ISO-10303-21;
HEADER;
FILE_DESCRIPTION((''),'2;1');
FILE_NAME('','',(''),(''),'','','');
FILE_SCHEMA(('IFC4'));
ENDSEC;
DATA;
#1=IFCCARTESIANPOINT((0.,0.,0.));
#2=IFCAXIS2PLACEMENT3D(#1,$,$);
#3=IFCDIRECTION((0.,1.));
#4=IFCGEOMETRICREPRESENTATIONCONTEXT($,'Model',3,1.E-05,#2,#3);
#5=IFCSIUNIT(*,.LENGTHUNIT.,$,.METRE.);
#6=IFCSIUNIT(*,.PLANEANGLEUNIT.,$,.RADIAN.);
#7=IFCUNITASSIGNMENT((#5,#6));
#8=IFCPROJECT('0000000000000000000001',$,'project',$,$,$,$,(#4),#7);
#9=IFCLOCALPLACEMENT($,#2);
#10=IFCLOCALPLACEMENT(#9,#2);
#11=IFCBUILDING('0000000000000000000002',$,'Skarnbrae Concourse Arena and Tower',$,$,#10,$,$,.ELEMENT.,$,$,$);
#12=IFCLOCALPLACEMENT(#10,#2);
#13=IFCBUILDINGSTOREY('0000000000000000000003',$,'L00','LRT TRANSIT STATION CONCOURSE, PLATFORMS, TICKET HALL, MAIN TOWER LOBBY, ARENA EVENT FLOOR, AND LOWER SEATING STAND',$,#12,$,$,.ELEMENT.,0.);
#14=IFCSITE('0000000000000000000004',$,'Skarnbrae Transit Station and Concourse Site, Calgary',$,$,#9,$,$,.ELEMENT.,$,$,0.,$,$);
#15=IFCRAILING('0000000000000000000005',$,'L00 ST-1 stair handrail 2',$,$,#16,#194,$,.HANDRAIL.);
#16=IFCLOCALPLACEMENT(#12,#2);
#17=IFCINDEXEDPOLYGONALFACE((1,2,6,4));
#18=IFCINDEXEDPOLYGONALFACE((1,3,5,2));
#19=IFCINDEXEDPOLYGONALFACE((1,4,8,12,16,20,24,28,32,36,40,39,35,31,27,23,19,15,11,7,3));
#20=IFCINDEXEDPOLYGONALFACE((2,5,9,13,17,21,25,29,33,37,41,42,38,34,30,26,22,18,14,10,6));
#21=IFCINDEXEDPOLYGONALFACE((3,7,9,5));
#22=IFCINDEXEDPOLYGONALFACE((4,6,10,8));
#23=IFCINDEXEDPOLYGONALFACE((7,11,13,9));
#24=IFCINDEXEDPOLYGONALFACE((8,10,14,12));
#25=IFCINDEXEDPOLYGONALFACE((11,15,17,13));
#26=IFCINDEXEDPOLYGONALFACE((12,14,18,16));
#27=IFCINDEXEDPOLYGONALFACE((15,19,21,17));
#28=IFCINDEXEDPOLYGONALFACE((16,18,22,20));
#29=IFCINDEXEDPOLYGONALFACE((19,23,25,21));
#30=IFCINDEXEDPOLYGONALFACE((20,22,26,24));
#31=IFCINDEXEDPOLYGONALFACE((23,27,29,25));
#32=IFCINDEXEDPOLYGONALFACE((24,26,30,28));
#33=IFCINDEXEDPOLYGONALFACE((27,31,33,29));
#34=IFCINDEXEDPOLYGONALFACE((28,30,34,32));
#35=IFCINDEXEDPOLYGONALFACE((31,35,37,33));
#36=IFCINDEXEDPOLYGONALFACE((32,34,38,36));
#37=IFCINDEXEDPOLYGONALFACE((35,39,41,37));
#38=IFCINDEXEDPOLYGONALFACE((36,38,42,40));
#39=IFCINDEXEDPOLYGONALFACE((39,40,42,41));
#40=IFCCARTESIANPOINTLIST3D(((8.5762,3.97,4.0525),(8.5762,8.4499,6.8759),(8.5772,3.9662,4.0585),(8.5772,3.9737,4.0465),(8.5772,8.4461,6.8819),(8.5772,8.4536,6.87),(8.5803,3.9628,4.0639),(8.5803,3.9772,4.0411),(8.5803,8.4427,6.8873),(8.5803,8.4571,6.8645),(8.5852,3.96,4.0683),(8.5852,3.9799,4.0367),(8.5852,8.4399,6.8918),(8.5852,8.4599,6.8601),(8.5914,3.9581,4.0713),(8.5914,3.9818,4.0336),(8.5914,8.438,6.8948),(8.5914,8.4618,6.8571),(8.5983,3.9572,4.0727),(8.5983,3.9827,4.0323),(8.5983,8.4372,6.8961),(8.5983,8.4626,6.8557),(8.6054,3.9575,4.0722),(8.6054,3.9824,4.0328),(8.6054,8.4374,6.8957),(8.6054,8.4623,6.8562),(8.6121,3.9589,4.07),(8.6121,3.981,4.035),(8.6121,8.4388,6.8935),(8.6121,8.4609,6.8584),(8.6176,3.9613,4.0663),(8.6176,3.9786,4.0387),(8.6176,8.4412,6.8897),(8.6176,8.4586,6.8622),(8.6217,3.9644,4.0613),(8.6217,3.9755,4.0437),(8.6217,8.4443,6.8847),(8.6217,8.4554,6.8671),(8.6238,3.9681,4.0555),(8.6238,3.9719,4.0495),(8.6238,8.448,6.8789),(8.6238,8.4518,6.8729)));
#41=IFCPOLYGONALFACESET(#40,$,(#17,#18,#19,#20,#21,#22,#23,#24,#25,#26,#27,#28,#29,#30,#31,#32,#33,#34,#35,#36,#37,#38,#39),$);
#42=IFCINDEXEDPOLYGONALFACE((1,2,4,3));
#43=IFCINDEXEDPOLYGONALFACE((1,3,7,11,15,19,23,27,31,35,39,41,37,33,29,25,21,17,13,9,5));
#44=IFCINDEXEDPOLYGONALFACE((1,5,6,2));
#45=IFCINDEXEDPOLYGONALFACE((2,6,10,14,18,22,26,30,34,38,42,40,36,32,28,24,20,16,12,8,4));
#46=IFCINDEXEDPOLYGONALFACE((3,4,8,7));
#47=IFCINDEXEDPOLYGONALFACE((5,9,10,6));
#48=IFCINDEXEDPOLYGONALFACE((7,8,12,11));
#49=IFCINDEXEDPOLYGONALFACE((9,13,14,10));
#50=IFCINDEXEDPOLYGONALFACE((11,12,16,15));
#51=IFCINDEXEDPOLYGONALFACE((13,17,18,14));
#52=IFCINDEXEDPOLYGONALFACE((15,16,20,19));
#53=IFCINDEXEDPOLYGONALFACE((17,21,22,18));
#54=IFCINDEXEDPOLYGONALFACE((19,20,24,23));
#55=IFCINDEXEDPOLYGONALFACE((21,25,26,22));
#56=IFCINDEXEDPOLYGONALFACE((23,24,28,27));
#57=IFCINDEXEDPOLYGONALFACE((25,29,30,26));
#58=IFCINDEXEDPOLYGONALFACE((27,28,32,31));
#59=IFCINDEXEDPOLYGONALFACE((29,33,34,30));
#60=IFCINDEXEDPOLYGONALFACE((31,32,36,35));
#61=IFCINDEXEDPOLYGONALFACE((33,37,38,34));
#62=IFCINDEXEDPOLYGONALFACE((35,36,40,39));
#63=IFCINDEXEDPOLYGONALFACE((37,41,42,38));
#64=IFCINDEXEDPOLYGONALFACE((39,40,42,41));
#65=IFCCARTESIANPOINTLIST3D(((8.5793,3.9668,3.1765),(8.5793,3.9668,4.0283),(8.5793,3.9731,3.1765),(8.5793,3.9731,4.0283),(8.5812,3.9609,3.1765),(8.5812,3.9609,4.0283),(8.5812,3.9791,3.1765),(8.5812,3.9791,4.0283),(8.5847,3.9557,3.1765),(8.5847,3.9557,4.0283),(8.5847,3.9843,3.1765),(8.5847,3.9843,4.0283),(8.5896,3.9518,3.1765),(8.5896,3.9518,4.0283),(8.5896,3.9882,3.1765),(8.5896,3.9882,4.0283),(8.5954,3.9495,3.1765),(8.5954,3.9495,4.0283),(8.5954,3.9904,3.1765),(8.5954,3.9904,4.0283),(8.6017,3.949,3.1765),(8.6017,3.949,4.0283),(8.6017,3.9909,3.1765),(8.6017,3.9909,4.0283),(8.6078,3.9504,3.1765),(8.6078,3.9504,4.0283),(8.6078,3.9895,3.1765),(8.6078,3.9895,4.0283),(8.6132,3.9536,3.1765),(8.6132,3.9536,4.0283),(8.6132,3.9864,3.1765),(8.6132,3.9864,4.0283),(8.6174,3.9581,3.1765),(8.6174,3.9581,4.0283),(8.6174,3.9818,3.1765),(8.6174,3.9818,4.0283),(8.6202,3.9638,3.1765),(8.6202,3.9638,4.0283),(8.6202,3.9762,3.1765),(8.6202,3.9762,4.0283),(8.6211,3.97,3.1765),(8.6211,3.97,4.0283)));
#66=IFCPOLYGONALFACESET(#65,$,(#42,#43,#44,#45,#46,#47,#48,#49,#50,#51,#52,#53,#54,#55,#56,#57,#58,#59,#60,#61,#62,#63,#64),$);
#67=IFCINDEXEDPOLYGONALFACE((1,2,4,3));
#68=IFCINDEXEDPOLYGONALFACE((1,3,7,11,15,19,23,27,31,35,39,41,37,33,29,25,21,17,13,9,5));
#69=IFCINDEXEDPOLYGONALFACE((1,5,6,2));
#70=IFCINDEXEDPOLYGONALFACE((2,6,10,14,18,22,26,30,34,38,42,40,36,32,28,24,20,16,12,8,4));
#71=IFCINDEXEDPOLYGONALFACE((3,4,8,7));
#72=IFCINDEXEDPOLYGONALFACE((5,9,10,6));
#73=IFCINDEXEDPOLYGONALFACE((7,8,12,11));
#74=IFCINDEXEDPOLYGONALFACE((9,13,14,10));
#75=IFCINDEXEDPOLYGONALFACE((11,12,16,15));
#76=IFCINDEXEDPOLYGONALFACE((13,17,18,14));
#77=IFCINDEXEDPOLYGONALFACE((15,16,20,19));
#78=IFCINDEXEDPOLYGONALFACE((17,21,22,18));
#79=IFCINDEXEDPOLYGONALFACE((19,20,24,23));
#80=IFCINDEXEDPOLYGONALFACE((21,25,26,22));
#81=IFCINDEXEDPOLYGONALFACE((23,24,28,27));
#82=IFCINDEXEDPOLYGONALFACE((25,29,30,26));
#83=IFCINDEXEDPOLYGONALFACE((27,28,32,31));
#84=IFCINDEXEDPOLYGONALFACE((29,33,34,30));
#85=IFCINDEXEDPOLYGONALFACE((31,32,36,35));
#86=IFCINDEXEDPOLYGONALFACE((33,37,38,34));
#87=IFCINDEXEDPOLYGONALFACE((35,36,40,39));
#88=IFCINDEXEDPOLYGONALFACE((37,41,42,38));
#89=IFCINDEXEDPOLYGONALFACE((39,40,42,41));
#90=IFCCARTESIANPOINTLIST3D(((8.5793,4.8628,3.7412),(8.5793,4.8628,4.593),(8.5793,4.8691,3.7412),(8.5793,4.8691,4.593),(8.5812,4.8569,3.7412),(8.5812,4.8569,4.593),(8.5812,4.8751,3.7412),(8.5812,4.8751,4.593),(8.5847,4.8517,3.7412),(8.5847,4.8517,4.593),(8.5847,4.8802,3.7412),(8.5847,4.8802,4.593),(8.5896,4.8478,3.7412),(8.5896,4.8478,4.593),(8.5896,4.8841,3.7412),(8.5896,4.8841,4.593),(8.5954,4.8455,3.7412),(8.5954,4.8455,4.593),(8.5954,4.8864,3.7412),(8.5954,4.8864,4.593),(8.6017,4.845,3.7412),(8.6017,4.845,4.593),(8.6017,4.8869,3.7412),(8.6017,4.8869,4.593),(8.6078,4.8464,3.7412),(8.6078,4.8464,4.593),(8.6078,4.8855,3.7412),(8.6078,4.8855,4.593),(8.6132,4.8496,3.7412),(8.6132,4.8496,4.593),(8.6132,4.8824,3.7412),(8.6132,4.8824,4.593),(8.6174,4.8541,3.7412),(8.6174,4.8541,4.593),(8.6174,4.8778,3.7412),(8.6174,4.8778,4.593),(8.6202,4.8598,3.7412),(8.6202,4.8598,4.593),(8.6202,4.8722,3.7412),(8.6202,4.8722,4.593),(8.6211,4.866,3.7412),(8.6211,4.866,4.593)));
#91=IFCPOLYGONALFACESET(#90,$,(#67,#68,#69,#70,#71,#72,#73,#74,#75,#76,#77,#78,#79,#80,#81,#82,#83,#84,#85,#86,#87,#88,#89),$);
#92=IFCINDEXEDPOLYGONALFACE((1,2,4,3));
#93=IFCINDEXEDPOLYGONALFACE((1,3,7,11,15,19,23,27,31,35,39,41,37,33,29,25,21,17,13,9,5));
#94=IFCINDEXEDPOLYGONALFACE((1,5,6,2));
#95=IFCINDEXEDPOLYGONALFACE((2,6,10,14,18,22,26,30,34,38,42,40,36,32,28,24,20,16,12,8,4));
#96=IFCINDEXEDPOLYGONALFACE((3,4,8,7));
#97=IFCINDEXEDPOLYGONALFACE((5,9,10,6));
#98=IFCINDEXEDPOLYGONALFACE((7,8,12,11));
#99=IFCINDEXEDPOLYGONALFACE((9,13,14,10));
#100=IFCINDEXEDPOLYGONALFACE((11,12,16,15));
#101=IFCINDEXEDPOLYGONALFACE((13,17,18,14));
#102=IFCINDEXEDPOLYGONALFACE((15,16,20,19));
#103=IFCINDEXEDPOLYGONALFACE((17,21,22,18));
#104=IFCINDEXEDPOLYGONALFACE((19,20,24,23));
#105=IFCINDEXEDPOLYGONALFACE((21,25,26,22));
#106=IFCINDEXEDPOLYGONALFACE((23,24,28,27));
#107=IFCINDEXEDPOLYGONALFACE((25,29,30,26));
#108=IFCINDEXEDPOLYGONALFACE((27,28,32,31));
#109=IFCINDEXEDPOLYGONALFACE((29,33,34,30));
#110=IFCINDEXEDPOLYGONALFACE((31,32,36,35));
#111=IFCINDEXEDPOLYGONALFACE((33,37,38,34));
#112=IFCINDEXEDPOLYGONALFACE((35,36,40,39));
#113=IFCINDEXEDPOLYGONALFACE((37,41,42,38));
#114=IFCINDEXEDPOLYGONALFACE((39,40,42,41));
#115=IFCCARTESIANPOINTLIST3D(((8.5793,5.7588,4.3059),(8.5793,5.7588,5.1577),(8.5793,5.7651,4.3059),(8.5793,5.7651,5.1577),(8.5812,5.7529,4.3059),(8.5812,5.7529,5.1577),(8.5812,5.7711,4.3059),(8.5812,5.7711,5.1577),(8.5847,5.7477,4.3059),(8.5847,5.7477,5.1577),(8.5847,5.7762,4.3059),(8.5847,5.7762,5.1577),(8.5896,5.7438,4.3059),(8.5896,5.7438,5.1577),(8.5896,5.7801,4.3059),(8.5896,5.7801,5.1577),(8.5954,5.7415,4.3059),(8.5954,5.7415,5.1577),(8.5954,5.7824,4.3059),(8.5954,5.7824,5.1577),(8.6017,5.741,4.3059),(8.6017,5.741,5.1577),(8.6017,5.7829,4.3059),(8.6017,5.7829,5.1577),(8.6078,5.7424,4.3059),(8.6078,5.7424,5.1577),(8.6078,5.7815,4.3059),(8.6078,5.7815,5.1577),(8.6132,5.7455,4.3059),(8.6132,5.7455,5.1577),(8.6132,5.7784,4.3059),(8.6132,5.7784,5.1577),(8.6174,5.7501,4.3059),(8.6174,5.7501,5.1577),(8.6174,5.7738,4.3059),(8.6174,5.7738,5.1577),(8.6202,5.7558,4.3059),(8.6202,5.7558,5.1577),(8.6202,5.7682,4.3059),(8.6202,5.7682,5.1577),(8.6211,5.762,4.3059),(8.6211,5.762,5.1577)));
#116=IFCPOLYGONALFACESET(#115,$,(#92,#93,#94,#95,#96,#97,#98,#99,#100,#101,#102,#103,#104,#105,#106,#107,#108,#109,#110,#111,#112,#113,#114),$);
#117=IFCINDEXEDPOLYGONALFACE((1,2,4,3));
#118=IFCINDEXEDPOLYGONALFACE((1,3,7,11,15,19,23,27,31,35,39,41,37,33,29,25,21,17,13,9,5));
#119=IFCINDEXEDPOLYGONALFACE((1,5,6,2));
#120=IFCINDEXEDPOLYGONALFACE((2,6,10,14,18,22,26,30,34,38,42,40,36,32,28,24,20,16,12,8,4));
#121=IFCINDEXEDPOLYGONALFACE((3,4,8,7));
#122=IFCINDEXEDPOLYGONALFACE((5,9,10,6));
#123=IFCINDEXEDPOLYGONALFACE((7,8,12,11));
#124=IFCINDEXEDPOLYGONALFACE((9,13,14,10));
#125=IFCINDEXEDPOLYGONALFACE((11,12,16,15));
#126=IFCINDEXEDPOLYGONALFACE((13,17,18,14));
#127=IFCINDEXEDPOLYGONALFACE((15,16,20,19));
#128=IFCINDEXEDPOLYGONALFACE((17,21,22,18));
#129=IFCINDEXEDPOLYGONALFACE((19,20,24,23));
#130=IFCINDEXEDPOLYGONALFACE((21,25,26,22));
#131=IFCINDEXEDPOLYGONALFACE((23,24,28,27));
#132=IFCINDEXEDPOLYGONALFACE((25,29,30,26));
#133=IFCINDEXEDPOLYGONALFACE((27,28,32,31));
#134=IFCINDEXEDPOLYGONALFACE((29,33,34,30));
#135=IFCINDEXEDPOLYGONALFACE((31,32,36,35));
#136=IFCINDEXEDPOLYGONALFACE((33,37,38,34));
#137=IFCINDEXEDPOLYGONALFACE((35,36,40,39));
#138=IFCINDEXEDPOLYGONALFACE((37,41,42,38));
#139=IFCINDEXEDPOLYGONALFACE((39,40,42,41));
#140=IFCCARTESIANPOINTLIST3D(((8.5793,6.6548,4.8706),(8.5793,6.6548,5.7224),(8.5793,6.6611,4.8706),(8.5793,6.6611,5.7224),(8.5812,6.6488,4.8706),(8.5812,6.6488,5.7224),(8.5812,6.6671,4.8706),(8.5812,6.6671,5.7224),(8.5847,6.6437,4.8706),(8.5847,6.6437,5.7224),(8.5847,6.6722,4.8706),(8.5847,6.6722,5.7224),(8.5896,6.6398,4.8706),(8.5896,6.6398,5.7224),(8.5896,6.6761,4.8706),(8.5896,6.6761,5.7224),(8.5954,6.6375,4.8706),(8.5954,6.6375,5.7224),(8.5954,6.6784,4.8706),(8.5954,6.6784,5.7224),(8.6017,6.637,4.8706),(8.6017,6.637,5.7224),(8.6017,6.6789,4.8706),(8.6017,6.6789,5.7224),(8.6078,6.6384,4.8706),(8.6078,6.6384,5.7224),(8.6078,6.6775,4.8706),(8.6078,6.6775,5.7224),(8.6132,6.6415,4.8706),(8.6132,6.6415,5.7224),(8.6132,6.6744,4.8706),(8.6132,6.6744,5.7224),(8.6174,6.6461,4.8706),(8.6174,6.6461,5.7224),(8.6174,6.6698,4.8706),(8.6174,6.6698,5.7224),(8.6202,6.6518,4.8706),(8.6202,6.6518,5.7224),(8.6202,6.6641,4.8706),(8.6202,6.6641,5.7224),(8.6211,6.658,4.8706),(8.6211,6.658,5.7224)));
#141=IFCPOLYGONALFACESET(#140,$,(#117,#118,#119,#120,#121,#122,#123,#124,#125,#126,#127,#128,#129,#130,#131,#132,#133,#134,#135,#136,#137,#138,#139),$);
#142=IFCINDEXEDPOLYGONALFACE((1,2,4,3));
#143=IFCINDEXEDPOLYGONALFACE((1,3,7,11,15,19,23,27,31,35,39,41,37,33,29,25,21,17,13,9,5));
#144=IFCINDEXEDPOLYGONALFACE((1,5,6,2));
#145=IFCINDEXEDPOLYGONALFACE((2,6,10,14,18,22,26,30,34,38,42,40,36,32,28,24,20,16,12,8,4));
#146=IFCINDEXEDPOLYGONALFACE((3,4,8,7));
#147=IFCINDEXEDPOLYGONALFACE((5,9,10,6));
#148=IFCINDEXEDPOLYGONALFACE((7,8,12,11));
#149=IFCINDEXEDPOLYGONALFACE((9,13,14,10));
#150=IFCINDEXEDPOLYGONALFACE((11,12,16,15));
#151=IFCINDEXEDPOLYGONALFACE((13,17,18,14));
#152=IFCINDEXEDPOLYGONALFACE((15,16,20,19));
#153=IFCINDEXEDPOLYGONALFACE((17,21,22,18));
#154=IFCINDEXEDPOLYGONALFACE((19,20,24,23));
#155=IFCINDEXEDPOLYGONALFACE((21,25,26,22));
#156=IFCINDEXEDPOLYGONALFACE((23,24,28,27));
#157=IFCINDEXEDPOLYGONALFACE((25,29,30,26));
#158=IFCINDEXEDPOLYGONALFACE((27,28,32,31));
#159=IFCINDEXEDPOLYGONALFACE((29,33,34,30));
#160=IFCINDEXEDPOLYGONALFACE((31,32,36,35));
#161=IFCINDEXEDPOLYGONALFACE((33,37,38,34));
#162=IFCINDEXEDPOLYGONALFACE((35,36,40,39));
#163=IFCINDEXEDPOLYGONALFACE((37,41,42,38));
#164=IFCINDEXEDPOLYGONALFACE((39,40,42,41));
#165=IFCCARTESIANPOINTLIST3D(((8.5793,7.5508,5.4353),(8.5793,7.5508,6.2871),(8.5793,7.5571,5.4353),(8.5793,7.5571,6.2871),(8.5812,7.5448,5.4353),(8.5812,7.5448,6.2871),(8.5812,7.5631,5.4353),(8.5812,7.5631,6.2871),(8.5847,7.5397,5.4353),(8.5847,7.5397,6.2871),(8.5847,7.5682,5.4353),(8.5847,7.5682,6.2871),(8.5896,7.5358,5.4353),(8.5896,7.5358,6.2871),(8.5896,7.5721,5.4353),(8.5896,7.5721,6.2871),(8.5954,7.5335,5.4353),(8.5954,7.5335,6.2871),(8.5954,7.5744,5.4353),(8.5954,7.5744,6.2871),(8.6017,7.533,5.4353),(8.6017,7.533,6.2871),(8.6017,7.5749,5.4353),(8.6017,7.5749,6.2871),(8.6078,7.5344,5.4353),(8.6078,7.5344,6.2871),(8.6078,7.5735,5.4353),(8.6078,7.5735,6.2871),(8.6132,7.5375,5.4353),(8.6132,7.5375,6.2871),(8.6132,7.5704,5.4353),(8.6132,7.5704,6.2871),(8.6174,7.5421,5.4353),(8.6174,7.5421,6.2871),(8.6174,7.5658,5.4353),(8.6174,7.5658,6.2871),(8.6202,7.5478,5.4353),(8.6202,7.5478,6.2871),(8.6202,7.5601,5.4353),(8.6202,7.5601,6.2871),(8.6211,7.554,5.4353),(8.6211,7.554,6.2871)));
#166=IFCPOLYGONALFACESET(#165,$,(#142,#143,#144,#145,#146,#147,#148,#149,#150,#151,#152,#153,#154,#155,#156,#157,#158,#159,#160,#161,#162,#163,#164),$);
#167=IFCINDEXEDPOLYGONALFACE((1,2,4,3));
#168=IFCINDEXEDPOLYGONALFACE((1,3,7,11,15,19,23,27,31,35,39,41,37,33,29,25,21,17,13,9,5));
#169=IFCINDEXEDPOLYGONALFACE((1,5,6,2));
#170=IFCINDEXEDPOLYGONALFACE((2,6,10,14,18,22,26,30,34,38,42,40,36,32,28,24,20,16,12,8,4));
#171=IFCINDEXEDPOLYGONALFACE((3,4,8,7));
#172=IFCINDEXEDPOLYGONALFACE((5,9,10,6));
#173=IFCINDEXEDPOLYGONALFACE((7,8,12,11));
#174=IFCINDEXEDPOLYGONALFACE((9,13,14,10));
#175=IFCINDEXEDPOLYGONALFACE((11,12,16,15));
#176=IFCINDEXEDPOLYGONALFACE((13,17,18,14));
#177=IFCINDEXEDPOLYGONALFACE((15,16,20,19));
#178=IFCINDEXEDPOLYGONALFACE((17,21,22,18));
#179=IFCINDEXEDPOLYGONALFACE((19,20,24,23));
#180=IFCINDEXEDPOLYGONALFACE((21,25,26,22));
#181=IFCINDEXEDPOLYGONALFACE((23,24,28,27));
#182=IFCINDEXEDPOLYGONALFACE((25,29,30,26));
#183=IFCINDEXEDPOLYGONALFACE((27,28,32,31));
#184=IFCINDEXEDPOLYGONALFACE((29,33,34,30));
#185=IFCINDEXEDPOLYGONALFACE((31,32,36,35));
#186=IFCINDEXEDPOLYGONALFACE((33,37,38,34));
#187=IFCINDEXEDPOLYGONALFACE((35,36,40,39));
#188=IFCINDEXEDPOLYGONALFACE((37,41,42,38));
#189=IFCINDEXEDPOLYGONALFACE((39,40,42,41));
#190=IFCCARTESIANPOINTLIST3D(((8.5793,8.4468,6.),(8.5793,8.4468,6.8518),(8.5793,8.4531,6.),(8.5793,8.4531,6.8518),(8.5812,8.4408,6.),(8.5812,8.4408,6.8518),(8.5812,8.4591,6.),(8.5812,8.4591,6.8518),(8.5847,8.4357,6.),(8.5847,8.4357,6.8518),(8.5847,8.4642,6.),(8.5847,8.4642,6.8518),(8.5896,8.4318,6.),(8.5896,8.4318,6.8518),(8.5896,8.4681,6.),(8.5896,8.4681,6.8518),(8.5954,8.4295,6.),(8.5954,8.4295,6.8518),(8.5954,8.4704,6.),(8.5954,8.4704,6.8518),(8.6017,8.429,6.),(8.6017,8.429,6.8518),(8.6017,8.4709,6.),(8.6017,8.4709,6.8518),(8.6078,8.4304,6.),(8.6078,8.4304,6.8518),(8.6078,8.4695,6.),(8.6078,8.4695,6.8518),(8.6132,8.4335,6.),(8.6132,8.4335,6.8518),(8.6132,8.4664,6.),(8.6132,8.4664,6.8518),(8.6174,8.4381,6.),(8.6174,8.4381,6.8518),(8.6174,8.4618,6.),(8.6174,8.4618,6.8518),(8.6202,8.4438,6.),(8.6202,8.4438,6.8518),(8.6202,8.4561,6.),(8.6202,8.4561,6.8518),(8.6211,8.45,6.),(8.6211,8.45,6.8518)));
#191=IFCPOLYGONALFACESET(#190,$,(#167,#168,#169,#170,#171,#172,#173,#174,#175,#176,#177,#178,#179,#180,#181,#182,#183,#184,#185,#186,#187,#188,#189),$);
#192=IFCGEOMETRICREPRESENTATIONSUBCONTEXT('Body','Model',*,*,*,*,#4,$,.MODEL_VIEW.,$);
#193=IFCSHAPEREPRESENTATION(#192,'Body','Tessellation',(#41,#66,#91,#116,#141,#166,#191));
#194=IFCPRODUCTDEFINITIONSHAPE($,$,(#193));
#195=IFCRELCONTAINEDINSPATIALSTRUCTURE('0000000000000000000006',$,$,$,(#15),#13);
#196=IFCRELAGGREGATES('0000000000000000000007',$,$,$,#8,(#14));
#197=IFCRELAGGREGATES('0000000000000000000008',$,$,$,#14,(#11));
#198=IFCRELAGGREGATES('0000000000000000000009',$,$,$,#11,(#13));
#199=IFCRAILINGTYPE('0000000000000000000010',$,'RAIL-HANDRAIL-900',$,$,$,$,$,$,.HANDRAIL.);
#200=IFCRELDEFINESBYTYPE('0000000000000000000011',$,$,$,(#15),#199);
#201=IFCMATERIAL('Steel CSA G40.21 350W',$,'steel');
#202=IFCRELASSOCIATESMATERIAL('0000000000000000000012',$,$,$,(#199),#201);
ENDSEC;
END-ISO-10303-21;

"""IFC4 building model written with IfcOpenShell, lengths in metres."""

from ifc_helpers import new_model, si_unit, direction, frame, origin, origin_2d, place, context, subcontext, project, spatial, circle, extrude, material, type_object, element, save


model = new_model("IFC4")

# Units and contexts
model_context = context("Model", 3, precision=1e-05, world=origin(), true_north=direction((0.0, 1.0)))
body_context = subcontext(model_context, "Body", "Model", "MODEL_VIEW")
ifc_project = project(units=[si_unit("LENGTHUNIT", "METRE"), si_unit("PLANEANGLEUNIT", "RADIAN")], contexts=[model_context])

# Site, building, storey
site_placement = place(None, origin())
site = spatial("IfcSite", under=ifc_project, at=site_placement, Name="Skarnbrae Transit Station and Concourse Site, Calgary", CompositionType="ELEMENT", RefElevation=0.0)
building_placement = place(site_placement, origin())
building = spatial("IfcBuilding", under=site, at=building_placement, Name="Skarnbrae Concourse Arena and Tower", CompositionType="ELEMENT")
storey_placement = place(building_placement, origin())
storey = spatial("IfcBuildingStorey", under=building, at=storey_placement, Name="L00", Description="LRT TRANSIT STATION CONCOURSE, PLATFORMS, TICKET HALL, MAIN TOWER LOBBY, ARENA EVENT FLOOR, AND LOWER SEATING STAND", CompositionType="ELEMENT", Elevation=0.0)

# Shared definitions
ifc_material_1 = material(Name="Steel CSA G40.21 350W", Category="steel")

# Railing
railing_type_1 = type_object("IfcRailingType", Name="RAIL-HANDRAIL-900", PredefinedType="HANDRAIL", material=ifc_material_1)
railing_1_placement = place(storey_placement, frame((8.6001, 3.97, 3.1765)))
element("IfcRailing", 1, at=railing_1_placement, inside=storey, type_object=railing_type_1, Name="L00 ST-1 stair handrail 2", PredefinedType="HANDRAIL", context=body_context, shape_type="SweptSolid", body=[
    extrude(circle(Radius=0.0239, at=origin_2d()), frame((0.0, 0.0, 0.876), z_axis=(0.0, 0.845998, 0.533186), x_axis=(-1.0, 0.0, 0.0)), (0.0, 0.0, 1.0), 5.2954),
    extrude(circle(Radius=0.021, at=origin_2d()), origin(), (0.0, 0.0, 1.0), 0.8518),
    extrude(circle(Radius=0.021, at=origin_2d()), frame((0.0, 0.896, 0.5647)), (0.0, 0.0, 1.0), 0.8518),
    extrude(circle(Radius=0.021, at=origin_2d()), frame((0.0, 1.792, 1.1294)), (0.0, 0.0, 1.0), 0.8518),
    extrude(circle(Radius=0.021, at=origin_2d()), frame((0.0, 2.688, 1.6941)), (0.0, 0.0, 1.0), 0.8518),
    extrude(circle(Radius=0.021, at=origin_2d()), frame((0.0, 3.584, 2.2588)), (0.0, 0.0, 1.0), 0.8518),
    extrude(circle(Radius=0.021, at=origin_2d()), frame((0.0, 4.48, 2.8235)), (0.0, 0.0, 1.0), 0.8518),
])

save(model, "model.ifc")
